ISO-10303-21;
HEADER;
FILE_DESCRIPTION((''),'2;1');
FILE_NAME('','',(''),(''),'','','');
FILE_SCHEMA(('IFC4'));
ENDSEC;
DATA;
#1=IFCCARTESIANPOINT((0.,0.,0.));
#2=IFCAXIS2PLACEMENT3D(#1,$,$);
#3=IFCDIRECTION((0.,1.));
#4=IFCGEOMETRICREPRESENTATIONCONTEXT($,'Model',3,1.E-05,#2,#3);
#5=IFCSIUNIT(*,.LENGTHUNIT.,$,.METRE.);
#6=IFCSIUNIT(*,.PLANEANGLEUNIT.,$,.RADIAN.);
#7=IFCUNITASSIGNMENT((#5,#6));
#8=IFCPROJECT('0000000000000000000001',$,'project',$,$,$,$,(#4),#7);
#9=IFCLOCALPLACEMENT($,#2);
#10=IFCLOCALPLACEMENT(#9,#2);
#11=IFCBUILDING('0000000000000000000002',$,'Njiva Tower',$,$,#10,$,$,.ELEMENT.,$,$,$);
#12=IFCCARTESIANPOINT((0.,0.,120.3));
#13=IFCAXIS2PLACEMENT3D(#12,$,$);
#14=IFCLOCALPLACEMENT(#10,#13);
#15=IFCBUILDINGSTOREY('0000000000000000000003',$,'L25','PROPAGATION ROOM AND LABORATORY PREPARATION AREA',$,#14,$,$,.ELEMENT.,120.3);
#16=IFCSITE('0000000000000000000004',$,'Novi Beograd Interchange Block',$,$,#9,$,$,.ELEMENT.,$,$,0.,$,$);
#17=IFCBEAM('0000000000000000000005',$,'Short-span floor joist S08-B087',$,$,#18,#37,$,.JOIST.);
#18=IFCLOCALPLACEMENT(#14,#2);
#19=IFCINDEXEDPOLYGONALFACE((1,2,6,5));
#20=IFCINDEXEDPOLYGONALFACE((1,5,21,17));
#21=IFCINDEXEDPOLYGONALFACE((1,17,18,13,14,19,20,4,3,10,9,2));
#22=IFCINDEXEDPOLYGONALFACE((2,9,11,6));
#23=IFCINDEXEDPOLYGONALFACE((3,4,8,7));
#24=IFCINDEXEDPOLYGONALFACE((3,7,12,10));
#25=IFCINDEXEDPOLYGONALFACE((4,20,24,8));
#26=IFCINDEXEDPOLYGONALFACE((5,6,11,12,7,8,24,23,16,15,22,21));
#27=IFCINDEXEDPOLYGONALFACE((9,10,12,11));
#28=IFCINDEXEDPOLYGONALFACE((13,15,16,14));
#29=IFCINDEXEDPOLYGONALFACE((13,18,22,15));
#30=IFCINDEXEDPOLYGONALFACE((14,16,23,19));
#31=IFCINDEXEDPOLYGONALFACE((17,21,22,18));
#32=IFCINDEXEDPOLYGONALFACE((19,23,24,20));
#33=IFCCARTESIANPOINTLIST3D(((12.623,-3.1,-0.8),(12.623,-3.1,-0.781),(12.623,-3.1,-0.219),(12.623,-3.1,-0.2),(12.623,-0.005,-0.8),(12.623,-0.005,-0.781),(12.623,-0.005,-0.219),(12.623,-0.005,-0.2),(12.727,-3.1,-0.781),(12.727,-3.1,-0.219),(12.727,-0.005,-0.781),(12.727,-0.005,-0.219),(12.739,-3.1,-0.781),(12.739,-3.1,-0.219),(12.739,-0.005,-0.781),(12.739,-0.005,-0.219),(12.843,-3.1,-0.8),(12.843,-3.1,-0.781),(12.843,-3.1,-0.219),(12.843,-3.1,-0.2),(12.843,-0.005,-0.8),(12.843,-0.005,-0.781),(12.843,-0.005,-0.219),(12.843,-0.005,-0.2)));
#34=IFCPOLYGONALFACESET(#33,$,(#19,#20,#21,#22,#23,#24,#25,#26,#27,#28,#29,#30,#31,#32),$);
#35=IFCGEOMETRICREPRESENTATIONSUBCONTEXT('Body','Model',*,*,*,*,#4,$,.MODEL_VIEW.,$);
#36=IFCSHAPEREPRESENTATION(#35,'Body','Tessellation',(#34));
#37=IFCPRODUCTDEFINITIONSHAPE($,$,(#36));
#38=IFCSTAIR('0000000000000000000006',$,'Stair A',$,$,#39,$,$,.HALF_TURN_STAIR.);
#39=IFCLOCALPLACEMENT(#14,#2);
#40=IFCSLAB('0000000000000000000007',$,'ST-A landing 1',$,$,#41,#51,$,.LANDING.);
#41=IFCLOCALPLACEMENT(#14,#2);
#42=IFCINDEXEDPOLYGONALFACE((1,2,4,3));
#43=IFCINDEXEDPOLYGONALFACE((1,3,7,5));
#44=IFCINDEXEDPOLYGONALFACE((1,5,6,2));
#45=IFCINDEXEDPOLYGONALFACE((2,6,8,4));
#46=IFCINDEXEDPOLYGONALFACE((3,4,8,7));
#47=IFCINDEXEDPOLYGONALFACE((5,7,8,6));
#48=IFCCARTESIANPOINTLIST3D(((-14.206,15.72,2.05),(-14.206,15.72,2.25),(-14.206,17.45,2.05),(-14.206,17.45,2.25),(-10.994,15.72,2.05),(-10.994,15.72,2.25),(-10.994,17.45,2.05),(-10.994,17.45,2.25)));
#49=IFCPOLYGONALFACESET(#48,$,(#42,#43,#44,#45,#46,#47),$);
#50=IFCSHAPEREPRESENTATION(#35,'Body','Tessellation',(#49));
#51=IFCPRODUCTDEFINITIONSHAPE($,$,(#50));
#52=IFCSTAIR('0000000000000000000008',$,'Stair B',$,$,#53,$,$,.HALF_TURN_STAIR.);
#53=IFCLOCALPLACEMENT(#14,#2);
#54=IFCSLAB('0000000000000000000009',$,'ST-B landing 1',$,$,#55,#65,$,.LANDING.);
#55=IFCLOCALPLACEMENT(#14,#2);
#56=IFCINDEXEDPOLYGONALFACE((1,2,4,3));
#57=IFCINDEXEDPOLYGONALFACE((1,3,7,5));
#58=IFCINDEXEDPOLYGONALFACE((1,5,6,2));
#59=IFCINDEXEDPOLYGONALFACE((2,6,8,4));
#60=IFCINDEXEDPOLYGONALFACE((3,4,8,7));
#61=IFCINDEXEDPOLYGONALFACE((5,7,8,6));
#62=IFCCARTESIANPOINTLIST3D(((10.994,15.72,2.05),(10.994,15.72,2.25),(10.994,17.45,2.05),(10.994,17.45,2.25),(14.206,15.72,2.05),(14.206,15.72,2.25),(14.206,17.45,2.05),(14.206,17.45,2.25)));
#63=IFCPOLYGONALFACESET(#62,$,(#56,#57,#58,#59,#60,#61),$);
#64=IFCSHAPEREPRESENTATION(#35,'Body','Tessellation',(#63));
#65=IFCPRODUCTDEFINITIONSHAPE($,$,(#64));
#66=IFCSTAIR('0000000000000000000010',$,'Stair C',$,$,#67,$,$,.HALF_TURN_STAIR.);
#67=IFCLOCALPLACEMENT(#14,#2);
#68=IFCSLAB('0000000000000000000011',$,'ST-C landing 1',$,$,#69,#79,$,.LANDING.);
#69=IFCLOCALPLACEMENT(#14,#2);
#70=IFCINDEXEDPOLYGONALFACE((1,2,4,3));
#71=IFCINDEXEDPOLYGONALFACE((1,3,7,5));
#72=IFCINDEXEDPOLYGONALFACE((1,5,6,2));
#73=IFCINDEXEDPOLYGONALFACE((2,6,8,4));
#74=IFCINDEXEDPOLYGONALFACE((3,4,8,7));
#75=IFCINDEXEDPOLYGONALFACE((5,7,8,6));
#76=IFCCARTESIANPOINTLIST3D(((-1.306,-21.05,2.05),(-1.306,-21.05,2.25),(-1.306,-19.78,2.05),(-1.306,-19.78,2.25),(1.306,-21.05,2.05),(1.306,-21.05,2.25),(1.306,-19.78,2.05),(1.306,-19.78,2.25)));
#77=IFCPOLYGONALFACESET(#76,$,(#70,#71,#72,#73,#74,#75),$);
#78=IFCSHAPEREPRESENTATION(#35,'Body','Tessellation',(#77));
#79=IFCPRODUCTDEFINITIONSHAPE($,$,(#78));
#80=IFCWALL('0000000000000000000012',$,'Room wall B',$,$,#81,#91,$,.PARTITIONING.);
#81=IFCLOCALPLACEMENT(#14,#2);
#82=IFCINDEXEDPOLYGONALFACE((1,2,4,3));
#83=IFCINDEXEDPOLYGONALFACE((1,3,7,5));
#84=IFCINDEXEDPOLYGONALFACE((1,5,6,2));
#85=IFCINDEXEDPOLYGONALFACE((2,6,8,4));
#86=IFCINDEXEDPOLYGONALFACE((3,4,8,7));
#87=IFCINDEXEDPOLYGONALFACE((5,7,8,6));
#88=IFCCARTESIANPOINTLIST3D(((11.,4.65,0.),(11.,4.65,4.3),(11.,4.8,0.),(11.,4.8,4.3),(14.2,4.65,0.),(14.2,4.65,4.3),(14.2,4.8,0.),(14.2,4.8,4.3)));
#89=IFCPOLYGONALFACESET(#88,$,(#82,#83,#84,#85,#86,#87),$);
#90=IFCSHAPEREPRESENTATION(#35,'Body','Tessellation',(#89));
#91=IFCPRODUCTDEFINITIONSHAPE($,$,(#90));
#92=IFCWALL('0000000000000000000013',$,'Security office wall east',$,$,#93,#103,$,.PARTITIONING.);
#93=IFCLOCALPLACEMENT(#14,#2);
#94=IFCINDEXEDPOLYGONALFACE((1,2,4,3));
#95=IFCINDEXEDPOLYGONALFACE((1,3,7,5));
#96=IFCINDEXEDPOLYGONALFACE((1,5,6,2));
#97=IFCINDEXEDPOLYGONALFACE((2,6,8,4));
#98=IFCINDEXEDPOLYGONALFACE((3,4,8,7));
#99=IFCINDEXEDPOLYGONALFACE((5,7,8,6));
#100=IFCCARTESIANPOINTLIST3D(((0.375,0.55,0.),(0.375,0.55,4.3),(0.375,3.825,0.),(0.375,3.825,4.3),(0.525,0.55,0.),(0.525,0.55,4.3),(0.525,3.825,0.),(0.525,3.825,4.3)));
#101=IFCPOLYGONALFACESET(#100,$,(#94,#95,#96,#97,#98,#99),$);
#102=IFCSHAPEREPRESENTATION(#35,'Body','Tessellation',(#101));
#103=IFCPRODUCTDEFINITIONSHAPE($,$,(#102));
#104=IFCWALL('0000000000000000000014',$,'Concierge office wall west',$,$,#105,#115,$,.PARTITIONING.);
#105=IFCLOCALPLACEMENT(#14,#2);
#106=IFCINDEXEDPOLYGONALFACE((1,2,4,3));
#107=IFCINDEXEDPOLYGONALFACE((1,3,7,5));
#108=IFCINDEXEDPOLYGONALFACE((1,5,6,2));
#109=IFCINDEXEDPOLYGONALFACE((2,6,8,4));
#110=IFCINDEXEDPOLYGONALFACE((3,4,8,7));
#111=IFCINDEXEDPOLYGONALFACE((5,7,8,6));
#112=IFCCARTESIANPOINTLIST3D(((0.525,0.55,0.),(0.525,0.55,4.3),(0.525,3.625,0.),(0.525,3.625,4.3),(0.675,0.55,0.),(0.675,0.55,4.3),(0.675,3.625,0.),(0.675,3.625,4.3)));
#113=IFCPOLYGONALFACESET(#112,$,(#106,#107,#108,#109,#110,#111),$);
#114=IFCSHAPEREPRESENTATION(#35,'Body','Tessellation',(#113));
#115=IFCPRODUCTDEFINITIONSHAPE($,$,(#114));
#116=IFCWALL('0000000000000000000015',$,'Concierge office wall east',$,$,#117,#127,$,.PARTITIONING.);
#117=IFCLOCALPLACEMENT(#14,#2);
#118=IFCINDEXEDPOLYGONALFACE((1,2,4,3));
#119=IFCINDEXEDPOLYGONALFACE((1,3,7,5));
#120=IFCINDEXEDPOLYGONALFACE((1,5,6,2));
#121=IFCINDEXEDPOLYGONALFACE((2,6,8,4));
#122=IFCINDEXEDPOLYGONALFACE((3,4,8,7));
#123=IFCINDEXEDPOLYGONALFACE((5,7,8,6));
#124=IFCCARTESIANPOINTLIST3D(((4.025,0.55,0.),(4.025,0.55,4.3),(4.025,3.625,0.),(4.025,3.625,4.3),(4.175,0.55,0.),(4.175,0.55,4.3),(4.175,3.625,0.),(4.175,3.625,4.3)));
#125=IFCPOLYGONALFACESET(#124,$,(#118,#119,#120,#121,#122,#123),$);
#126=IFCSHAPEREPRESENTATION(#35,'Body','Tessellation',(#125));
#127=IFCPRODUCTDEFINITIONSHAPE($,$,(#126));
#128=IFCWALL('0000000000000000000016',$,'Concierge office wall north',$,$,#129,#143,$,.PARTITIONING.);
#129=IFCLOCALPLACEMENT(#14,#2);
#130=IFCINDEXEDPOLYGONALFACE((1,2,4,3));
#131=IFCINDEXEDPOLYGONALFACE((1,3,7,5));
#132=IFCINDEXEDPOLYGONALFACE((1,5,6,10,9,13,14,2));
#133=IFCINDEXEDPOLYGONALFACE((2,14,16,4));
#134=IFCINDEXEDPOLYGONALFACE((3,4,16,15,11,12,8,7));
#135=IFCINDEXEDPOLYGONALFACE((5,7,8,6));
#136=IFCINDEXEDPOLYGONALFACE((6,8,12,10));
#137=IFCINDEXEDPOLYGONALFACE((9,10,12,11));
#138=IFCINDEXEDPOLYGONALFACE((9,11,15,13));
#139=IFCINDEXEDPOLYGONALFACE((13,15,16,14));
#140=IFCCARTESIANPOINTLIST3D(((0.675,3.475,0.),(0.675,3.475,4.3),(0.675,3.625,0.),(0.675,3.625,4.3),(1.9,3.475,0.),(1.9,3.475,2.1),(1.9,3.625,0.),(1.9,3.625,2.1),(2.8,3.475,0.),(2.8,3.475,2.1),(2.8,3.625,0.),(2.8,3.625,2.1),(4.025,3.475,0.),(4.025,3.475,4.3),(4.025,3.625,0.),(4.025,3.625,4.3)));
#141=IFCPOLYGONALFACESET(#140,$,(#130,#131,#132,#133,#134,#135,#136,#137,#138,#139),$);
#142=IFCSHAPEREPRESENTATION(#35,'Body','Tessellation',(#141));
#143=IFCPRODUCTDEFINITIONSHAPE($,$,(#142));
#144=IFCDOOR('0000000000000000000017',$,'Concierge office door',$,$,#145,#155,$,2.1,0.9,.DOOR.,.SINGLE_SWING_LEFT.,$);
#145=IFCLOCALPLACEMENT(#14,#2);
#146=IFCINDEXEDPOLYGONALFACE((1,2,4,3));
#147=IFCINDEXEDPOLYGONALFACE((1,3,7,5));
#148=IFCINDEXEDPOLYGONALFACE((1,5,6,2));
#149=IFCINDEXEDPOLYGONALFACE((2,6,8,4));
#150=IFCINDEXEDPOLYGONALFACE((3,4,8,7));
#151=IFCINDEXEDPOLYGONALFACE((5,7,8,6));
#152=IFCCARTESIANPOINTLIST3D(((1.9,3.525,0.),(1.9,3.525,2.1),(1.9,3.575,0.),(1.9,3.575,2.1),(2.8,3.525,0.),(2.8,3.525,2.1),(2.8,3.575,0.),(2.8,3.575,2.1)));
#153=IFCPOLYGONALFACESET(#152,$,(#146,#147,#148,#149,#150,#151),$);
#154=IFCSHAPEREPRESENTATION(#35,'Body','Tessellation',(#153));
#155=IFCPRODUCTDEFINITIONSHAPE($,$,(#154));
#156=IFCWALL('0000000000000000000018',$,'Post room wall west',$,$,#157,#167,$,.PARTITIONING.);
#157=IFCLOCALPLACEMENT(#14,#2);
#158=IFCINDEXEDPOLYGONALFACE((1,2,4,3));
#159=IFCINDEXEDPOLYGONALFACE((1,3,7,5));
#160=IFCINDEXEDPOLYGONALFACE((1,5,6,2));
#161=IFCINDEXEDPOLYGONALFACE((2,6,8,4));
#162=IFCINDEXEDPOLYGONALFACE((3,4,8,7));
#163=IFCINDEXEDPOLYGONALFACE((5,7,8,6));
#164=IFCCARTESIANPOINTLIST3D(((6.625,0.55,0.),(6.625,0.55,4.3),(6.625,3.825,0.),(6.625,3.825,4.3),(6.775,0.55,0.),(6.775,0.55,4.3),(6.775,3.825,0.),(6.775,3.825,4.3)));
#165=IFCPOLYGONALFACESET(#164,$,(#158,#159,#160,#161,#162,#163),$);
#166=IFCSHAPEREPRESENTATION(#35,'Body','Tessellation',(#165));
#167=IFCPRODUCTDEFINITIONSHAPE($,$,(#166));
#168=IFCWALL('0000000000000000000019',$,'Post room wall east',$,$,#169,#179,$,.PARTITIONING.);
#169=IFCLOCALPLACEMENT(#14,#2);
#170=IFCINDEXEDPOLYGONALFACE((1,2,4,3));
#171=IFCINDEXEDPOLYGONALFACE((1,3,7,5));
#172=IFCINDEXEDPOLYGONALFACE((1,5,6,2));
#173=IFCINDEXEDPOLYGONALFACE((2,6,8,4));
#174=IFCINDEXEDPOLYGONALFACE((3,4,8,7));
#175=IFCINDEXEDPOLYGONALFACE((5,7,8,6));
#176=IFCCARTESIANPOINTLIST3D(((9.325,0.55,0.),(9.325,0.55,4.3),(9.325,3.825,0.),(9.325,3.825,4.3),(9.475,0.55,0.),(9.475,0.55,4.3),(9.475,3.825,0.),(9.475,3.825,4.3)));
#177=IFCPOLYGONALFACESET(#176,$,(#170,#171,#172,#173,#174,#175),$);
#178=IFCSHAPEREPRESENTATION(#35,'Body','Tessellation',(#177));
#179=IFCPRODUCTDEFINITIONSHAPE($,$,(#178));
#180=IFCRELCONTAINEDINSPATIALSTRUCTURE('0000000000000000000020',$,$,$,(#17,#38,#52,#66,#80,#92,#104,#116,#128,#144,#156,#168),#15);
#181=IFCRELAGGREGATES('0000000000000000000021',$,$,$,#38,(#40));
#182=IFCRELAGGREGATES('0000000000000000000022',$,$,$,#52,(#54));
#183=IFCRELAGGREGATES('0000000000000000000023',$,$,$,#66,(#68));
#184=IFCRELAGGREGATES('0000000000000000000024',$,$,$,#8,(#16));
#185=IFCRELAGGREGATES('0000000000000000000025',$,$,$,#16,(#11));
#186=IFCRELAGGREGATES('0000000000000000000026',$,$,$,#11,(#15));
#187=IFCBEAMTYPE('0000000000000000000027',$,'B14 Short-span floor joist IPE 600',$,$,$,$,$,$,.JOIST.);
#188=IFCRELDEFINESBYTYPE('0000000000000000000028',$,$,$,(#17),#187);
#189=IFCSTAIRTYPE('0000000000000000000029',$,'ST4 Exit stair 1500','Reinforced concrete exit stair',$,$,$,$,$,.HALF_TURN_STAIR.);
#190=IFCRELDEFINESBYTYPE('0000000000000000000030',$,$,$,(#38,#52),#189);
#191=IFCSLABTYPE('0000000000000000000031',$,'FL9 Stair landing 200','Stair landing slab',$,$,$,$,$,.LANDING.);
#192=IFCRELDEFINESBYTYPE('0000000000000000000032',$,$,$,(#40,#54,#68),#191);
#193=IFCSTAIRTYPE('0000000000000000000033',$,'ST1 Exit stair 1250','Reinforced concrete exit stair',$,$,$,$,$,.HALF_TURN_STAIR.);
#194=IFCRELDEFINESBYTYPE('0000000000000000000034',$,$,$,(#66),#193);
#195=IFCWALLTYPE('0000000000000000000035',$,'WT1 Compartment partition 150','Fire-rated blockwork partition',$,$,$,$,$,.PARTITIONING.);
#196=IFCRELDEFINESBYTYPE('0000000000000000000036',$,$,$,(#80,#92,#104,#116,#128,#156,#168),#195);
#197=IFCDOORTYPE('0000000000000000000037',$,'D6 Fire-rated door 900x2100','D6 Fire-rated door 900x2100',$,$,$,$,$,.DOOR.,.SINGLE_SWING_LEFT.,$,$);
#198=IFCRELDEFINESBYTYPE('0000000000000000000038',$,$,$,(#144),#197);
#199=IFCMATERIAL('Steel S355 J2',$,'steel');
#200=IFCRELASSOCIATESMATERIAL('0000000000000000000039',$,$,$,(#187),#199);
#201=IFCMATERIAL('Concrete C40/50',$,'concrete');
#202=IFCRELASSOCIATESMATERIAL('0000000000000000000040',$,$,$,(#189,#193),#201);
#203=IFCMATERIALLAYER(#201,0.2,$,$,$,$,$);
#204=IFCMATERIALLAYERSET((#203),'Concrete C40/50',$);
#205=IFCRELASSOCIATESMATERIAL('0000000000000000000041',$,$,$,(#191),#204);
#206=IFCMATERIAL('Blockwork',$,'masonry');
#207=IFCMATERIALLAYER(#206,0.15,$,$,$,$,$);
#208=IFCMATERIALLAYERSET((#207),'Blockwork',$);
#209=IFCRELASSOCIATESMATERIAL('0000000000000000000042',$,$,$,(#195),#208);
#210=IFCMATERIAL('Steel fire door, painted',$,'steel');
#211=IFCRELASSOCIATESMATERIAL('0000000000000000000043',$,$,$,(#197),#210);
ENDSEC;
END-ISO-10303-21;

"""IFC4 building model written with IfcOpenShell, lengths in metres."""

from ifc_helpers import new_model, si_unit, direction, frame, frame_2d, origin, origin_2d, place, context, subcontext, project, spatial, polyline, rectangle, i_section, outline, extrude, material, layer, layer_set, material_profile, profile_set, type_object, element, fill, aggregate, save


model = new_model("IFC4")

# Units and contexts
model_context = context("Model", 3, precision=1e-05, world=origin(), true_north=direction((0.0, 1.0)))
body_context = subcontext(model_context, "Body", "Model", "MODEL_VIEW")
ifc_project = project(units=[si_unit("LENGTHUNIT", "METRE"), si_unit("PLANEANGLEUNIT", "RADIAN")], contexts=[model_context])

# Site, building, storey
site_placement = place(None, origin())
site = spatial("IfcSite", under=ifc_project, at=site_placement, Name="Novi Beograd Interchange Block", CompositionType="ELEMENT", RefElevation=0.0)
building_placement = place(site_placement, origin())
building = spatial("IfcBuilding", under=site, at=building_placement, Name="Njiva Tower", CompositionType="ELEMENT")
storey_placement = place(building_placement, frame((0.0, 0.0, 120.3)))
storey = spatial("IfcBuildingStorey", under=building, at=storey_placement, Name="L25", Description="PROPAGATION ROOM AND LABORATORY PREPARATION AREA", CompositionType="ELEMENT", Elevation=120.3)

# Beam
ifc_material_1 = material(Name="Steel S355 J2", Category="steel")
ifc_material_profile = material_profile(ifc_material_1, i_section(OverallWidth=0.22, OverallDepth=0.6, WebThickness=0.012, FlangeThickness=0.019, at=origin_2d()), Name="IPE 600")
ifc_profile_set = profile_set([ifc_material_profile], Name="Steel S355 J2")
beam_type = type_object("IfcBeamType", Name="B14 Short-span floor joist IPE 600", PredefinedType="JOIST", material=ifc_profile_set)
beam_placement = place(storey_placement, frame((12.733, -0.005, -0.5), z_axis=(0.0, -1.0, 0.0), x_axis=(1.0, 0.0, 0.0)))
element("IfcBeam", 1, at=beam_placement, inside=storey, type_object=beam_type, Name="Short-span floor joist S08-B087", PredefinedType="JOIST", context=body_context, shape_type="SweptSolid", body=[
    extrude(i_section(OverallWidth=0.22, OverallDepth=0.6, WebThickness=0.012, FlangeThickness=0.019, at=origin_2d()), origin(), (0.0, 0.0, 1.0), 3.095),
])

# Stairs, slabs
ifc_material_2 = material(Name="Concrete C40/50", Category="concrete")
stair_type_1 = type_object("IfcStairType", Name="ST4 Exit stair 1500", Description="Reinforced concrete exit stair", PredefinedType="HALF_TURN_STAIR", material=ifc_material_2)
stair_1_placement = place(storey_placement, origin())
stair_1 = element("IfcStair", 2, at=stair_1_placement, inside=storey, type_object=stair_type_1, Name="Stair A", PredefinedType="HALF_TURN_STAIR")
ifc_layer_1 = layer(ifc_material_2, 0.2)
ifc_layer_set_1 = layer_set([ifc_layer_1], Name="Concrete C40/50")
slab_type = type_object("IfcSlabType", Name="FL9 Stair landing 200", Description="Stair landing slab", PredefinedType="LANDING", material=ifc_layer_set_1)
slab_1_placement = place(storey_placement, frame((0.0, 0.0, 2.05)))
slab_1 = element("IfcSlab", 3, at=slab_1_placement, type_object=slab_type, Name="ST-A landing 1", PredefinedType="LANDING", context=body_context, shape_type="SweptSolid", body=[
    extrude(outline(polyline([(-14.206, 15.72), (-10.994, 15.72), (-10.994, 17.45), (-14.206, 17.45), (-14.206, 15.72)])), origin(), (0.0, 0.0, 1.0), 0.2),
])
aggregate(stair_1, [slab_1])
stair_2_placement = place(storey_placement, origin())
stair_2 = element("IfcStair", 4, at=stair_2_placement, inside=storey, type_object=stair_type_1, Name="Stair B", PredefinedType="HALF_TURN_STAIR")
slab_2_placement = place(storey_placement, frame((0.0, 0.0, 2.05)))
slab_2 = element("IfcSlab", 5, at=slab_2_placement, type_object=slab_type, Name="ST-B landing 1", PredefinedType="LANDING", context=body_context, shape_type="SweptSolid", body=[
    extrude(outline(polyline([(10.994, 15.72), (14.206, 15.72), (14.206, 17.45), (10.994, 17.45), (10.994, 15.72)])), origin(), (0.0, 0.0, 1.0), 0.2),
])
aggregate(stair_2, [slab_2])
stair_type_2 = type_object("IfcStairType", Name="ST1 Exit stair 1250", Description="Reinforced concrete exit stair", PredefinedType="HALF_TURN_STAIR", material=ifc_material_2)
stair_3_placement = place(storey_placement, origin())
stair_3 = element("IfcStair", 6, at=stair_3_placement, inside=storey, type_object=stair_type_2, Name="Stair C", PredefinedType="HALF_TURN_STAIR")
slab_3_placement = place(storey_placement, frame((0.0, 0.0, 2.05)))
slab_3 = element("IfcSlab", 7, at=slab_3_placement, type_object=slab_type, Name="ST-C landing 1", PredefinedType="LANDING", context=body_context, shape_type="SweptSolid", body=[
    extrude(outline(polyline([(-1.306, -21.05), (1.306, -21.05), (1.306, -19.78), (-1.306, -19.78), (-1.306, -21.05)])), origin(), (0.0, 0.0, 1.0), 0.2),
])
aggregate(stair_3, [slab_3])

# Walls
ifc_material_3 = material(Name="Blockwork", Category="masonry")
ifc_layer_2 = layer(ifc_material_3, 0.15)
ifc_layer_set_2 = layer_set([ifc_layer_2], Name="Blockwork")
wall_type_1 = type_object("IfcWallType", Name="WT1 Compartment partition 150", Description="Fire-rated blockwork partition", PredefinedType="PARTITIONING", material=ifc_layer_set_2)
wall_1_placement = place(storey_placement, frame((11.0, 4.725, 0.0), z_axis=(0.0, 0.0, 1.0), x_axis=(1.0, 0.0, 0.0)))
element("IfcWall", 8, at=wall_1_placement, inside=storey, type_object=wall_type_1, Name="Room wall B", PredefinedType="PARTITIONING", context=body_context, shape_type="SweptSolid", body=[
    extrude(rectangle(XDim=3.2, YDim=0.15, at=frame_2d((1.6, 0.0))), origin(), (0.0, 0.0, 1.0), 4.3),
])
wall_2_placement = place(storey_placement, frame((0.45, 0.55, 0.0), z_axis=(0.0, 0.0, 1.0), x_axis=(0.0, 1.0, 0.0)))
element("IfcWall", 9, at=wall_2_placement, inside=storey, type_object=wall_type_1, Name="Security office wall east", PredefinedType="PARTITIONING", context=body_context, shape_type="SweptSolid", body=[
    extrude(rectangle(XDim=3.275, YDim=0.15, at=frame_2d((1.6375, 0.0))), origin(), (0.0, 0.0, 1.0), 4.3),
])
for number, where, z_axis, x_axis, name in (
    (10, (0.6, 0.55, 0.0), (0.0, 0.0, 1.0), (0.0, 1.0, 0.0), "Concierge office wall west"),
    (11, (4.1, 0.55, 0.0), (0.0, 0.0, 1.0), (0.0, 1.0, 0.0), "Concierge office wall east"),
):
    element("IfcWall", number, at=place(storey_placement, frame(where, z_axis=z_axis, x_axis=x_axis)), inside=storey, type_object=wall_type_1, Name=name, PredefinedType="PARTITIONING", context=body_context, shape_type="SweptSolid", body=[
        extrude(rectangle(XDim=3.075, YDim=0.15, at=frame_2d((1.5375, 0.0))), origin(), (0.0, 0.0, 1.0), 4.3),
    ])

# Wall, opening, door
wall_3_placement = place(storey_placement, frame((0.675, 3.55, 0.0), z_axis=(0.0, 0.0, 1.0), x_axis=(1.0, 0.0, 0.0)))
wall_3 = element("IfcWall", 12, at=wall_3_placement, inside=storey, type_object=wall_type_1, Name="Concierge office wall north", PredefinedType="PARTITIONING", context=body_context, shape_type="SweptSolid", body=[
    extrude(rectangle(XDim=3.35, YDim=0.15, at=frame_2d((1.675, 0.0))), origin(), (0.0, 0.0, 1.0), 4.3),
])
opening_1_placement = place(wall_3_placement, frame((1.225, 0.0, 0.0)))
opening_1 = element("IfcOpeningElement", 13, at=opening_1_placement, cuts=wall_3, PredefinedType="OPENING", context=body_context, shape_type="SweptSolid", body=[
    extrude(rectangle(XDim=0.9, YDim=2.1, at=frame_2d((0.45, 1.05))), frame((0.0, 0.085, 0.0), z_axis=(0.0, -1.0, 0.0), x_axis=(1.0, 0.0, 0.0)), (0.0, 0.0, 1.0), 0.17),
])
ifc_material_4 = material(Name="Steel fire door, painted", Category="steel")
door_type_1 = type_object("IfcDoorType", Name="D6 Fire-rated door 900x2100", Description="D6 Fire-rated door 900x2100", OperationType="SINGLE_SWING_LEFT", PredefinedType="DOOR", material=ifc_material_4)
door_1_placement = place(opening_1_placement, origin())
door_1 = element("IfcDoor", 14, at=door_1_placement, inside=storey, type_object=door_type_1, Name="Concierge office door", OperationType="SINGLE_SWING_LEFT", OverallHeight=2.1, OverallWidth=0.9, PredefinedType="DOOR", context=body_context, shape_type="SweptSolid", body=[
    extrude(rectangle(XDim=0.9, YDim=2.1, at=frame_2d((0.45, 1.05))), frame((0.0, 0.025, 0.0), z_axis=(0.0, -1.0, 0.0), x_axis=(1.0, 0.0, 0.0)), (0.0, 0.0, 1.0), 0.05),
])
fill(opening_1, door_1)

# Walls
for number, where, z_axis, x_axis, name in (
    (15, (6.7, 0.55, 0.0), (0.0, 0.0, 1.0), (0.0, 1.0, 0.0), "Post room wall west"),
    (16, (9.4, 0.55, 0.0), (0.0, 0.0, 1.0), (0.0, 1.0, 0.0), "Post room wall east"),
):
    element("IfcWall", number, at=place(storey_placement, frame(where, z_axis=z_axis, x_axis=x_axis)), inside=storey, type_object=wall_type_1, Name=name, PredefinedType="PARTITIONING", context=body_context, shape_type="SweptSolid", body=[
        extrude(rectangle(XDim=3.275, YDim=0.15, at=frame_2d((1.6375, 0.0))), origin(), (0.0, 0.0, 1.0), 4.3),
    ])

save(model, "model.ifc")
